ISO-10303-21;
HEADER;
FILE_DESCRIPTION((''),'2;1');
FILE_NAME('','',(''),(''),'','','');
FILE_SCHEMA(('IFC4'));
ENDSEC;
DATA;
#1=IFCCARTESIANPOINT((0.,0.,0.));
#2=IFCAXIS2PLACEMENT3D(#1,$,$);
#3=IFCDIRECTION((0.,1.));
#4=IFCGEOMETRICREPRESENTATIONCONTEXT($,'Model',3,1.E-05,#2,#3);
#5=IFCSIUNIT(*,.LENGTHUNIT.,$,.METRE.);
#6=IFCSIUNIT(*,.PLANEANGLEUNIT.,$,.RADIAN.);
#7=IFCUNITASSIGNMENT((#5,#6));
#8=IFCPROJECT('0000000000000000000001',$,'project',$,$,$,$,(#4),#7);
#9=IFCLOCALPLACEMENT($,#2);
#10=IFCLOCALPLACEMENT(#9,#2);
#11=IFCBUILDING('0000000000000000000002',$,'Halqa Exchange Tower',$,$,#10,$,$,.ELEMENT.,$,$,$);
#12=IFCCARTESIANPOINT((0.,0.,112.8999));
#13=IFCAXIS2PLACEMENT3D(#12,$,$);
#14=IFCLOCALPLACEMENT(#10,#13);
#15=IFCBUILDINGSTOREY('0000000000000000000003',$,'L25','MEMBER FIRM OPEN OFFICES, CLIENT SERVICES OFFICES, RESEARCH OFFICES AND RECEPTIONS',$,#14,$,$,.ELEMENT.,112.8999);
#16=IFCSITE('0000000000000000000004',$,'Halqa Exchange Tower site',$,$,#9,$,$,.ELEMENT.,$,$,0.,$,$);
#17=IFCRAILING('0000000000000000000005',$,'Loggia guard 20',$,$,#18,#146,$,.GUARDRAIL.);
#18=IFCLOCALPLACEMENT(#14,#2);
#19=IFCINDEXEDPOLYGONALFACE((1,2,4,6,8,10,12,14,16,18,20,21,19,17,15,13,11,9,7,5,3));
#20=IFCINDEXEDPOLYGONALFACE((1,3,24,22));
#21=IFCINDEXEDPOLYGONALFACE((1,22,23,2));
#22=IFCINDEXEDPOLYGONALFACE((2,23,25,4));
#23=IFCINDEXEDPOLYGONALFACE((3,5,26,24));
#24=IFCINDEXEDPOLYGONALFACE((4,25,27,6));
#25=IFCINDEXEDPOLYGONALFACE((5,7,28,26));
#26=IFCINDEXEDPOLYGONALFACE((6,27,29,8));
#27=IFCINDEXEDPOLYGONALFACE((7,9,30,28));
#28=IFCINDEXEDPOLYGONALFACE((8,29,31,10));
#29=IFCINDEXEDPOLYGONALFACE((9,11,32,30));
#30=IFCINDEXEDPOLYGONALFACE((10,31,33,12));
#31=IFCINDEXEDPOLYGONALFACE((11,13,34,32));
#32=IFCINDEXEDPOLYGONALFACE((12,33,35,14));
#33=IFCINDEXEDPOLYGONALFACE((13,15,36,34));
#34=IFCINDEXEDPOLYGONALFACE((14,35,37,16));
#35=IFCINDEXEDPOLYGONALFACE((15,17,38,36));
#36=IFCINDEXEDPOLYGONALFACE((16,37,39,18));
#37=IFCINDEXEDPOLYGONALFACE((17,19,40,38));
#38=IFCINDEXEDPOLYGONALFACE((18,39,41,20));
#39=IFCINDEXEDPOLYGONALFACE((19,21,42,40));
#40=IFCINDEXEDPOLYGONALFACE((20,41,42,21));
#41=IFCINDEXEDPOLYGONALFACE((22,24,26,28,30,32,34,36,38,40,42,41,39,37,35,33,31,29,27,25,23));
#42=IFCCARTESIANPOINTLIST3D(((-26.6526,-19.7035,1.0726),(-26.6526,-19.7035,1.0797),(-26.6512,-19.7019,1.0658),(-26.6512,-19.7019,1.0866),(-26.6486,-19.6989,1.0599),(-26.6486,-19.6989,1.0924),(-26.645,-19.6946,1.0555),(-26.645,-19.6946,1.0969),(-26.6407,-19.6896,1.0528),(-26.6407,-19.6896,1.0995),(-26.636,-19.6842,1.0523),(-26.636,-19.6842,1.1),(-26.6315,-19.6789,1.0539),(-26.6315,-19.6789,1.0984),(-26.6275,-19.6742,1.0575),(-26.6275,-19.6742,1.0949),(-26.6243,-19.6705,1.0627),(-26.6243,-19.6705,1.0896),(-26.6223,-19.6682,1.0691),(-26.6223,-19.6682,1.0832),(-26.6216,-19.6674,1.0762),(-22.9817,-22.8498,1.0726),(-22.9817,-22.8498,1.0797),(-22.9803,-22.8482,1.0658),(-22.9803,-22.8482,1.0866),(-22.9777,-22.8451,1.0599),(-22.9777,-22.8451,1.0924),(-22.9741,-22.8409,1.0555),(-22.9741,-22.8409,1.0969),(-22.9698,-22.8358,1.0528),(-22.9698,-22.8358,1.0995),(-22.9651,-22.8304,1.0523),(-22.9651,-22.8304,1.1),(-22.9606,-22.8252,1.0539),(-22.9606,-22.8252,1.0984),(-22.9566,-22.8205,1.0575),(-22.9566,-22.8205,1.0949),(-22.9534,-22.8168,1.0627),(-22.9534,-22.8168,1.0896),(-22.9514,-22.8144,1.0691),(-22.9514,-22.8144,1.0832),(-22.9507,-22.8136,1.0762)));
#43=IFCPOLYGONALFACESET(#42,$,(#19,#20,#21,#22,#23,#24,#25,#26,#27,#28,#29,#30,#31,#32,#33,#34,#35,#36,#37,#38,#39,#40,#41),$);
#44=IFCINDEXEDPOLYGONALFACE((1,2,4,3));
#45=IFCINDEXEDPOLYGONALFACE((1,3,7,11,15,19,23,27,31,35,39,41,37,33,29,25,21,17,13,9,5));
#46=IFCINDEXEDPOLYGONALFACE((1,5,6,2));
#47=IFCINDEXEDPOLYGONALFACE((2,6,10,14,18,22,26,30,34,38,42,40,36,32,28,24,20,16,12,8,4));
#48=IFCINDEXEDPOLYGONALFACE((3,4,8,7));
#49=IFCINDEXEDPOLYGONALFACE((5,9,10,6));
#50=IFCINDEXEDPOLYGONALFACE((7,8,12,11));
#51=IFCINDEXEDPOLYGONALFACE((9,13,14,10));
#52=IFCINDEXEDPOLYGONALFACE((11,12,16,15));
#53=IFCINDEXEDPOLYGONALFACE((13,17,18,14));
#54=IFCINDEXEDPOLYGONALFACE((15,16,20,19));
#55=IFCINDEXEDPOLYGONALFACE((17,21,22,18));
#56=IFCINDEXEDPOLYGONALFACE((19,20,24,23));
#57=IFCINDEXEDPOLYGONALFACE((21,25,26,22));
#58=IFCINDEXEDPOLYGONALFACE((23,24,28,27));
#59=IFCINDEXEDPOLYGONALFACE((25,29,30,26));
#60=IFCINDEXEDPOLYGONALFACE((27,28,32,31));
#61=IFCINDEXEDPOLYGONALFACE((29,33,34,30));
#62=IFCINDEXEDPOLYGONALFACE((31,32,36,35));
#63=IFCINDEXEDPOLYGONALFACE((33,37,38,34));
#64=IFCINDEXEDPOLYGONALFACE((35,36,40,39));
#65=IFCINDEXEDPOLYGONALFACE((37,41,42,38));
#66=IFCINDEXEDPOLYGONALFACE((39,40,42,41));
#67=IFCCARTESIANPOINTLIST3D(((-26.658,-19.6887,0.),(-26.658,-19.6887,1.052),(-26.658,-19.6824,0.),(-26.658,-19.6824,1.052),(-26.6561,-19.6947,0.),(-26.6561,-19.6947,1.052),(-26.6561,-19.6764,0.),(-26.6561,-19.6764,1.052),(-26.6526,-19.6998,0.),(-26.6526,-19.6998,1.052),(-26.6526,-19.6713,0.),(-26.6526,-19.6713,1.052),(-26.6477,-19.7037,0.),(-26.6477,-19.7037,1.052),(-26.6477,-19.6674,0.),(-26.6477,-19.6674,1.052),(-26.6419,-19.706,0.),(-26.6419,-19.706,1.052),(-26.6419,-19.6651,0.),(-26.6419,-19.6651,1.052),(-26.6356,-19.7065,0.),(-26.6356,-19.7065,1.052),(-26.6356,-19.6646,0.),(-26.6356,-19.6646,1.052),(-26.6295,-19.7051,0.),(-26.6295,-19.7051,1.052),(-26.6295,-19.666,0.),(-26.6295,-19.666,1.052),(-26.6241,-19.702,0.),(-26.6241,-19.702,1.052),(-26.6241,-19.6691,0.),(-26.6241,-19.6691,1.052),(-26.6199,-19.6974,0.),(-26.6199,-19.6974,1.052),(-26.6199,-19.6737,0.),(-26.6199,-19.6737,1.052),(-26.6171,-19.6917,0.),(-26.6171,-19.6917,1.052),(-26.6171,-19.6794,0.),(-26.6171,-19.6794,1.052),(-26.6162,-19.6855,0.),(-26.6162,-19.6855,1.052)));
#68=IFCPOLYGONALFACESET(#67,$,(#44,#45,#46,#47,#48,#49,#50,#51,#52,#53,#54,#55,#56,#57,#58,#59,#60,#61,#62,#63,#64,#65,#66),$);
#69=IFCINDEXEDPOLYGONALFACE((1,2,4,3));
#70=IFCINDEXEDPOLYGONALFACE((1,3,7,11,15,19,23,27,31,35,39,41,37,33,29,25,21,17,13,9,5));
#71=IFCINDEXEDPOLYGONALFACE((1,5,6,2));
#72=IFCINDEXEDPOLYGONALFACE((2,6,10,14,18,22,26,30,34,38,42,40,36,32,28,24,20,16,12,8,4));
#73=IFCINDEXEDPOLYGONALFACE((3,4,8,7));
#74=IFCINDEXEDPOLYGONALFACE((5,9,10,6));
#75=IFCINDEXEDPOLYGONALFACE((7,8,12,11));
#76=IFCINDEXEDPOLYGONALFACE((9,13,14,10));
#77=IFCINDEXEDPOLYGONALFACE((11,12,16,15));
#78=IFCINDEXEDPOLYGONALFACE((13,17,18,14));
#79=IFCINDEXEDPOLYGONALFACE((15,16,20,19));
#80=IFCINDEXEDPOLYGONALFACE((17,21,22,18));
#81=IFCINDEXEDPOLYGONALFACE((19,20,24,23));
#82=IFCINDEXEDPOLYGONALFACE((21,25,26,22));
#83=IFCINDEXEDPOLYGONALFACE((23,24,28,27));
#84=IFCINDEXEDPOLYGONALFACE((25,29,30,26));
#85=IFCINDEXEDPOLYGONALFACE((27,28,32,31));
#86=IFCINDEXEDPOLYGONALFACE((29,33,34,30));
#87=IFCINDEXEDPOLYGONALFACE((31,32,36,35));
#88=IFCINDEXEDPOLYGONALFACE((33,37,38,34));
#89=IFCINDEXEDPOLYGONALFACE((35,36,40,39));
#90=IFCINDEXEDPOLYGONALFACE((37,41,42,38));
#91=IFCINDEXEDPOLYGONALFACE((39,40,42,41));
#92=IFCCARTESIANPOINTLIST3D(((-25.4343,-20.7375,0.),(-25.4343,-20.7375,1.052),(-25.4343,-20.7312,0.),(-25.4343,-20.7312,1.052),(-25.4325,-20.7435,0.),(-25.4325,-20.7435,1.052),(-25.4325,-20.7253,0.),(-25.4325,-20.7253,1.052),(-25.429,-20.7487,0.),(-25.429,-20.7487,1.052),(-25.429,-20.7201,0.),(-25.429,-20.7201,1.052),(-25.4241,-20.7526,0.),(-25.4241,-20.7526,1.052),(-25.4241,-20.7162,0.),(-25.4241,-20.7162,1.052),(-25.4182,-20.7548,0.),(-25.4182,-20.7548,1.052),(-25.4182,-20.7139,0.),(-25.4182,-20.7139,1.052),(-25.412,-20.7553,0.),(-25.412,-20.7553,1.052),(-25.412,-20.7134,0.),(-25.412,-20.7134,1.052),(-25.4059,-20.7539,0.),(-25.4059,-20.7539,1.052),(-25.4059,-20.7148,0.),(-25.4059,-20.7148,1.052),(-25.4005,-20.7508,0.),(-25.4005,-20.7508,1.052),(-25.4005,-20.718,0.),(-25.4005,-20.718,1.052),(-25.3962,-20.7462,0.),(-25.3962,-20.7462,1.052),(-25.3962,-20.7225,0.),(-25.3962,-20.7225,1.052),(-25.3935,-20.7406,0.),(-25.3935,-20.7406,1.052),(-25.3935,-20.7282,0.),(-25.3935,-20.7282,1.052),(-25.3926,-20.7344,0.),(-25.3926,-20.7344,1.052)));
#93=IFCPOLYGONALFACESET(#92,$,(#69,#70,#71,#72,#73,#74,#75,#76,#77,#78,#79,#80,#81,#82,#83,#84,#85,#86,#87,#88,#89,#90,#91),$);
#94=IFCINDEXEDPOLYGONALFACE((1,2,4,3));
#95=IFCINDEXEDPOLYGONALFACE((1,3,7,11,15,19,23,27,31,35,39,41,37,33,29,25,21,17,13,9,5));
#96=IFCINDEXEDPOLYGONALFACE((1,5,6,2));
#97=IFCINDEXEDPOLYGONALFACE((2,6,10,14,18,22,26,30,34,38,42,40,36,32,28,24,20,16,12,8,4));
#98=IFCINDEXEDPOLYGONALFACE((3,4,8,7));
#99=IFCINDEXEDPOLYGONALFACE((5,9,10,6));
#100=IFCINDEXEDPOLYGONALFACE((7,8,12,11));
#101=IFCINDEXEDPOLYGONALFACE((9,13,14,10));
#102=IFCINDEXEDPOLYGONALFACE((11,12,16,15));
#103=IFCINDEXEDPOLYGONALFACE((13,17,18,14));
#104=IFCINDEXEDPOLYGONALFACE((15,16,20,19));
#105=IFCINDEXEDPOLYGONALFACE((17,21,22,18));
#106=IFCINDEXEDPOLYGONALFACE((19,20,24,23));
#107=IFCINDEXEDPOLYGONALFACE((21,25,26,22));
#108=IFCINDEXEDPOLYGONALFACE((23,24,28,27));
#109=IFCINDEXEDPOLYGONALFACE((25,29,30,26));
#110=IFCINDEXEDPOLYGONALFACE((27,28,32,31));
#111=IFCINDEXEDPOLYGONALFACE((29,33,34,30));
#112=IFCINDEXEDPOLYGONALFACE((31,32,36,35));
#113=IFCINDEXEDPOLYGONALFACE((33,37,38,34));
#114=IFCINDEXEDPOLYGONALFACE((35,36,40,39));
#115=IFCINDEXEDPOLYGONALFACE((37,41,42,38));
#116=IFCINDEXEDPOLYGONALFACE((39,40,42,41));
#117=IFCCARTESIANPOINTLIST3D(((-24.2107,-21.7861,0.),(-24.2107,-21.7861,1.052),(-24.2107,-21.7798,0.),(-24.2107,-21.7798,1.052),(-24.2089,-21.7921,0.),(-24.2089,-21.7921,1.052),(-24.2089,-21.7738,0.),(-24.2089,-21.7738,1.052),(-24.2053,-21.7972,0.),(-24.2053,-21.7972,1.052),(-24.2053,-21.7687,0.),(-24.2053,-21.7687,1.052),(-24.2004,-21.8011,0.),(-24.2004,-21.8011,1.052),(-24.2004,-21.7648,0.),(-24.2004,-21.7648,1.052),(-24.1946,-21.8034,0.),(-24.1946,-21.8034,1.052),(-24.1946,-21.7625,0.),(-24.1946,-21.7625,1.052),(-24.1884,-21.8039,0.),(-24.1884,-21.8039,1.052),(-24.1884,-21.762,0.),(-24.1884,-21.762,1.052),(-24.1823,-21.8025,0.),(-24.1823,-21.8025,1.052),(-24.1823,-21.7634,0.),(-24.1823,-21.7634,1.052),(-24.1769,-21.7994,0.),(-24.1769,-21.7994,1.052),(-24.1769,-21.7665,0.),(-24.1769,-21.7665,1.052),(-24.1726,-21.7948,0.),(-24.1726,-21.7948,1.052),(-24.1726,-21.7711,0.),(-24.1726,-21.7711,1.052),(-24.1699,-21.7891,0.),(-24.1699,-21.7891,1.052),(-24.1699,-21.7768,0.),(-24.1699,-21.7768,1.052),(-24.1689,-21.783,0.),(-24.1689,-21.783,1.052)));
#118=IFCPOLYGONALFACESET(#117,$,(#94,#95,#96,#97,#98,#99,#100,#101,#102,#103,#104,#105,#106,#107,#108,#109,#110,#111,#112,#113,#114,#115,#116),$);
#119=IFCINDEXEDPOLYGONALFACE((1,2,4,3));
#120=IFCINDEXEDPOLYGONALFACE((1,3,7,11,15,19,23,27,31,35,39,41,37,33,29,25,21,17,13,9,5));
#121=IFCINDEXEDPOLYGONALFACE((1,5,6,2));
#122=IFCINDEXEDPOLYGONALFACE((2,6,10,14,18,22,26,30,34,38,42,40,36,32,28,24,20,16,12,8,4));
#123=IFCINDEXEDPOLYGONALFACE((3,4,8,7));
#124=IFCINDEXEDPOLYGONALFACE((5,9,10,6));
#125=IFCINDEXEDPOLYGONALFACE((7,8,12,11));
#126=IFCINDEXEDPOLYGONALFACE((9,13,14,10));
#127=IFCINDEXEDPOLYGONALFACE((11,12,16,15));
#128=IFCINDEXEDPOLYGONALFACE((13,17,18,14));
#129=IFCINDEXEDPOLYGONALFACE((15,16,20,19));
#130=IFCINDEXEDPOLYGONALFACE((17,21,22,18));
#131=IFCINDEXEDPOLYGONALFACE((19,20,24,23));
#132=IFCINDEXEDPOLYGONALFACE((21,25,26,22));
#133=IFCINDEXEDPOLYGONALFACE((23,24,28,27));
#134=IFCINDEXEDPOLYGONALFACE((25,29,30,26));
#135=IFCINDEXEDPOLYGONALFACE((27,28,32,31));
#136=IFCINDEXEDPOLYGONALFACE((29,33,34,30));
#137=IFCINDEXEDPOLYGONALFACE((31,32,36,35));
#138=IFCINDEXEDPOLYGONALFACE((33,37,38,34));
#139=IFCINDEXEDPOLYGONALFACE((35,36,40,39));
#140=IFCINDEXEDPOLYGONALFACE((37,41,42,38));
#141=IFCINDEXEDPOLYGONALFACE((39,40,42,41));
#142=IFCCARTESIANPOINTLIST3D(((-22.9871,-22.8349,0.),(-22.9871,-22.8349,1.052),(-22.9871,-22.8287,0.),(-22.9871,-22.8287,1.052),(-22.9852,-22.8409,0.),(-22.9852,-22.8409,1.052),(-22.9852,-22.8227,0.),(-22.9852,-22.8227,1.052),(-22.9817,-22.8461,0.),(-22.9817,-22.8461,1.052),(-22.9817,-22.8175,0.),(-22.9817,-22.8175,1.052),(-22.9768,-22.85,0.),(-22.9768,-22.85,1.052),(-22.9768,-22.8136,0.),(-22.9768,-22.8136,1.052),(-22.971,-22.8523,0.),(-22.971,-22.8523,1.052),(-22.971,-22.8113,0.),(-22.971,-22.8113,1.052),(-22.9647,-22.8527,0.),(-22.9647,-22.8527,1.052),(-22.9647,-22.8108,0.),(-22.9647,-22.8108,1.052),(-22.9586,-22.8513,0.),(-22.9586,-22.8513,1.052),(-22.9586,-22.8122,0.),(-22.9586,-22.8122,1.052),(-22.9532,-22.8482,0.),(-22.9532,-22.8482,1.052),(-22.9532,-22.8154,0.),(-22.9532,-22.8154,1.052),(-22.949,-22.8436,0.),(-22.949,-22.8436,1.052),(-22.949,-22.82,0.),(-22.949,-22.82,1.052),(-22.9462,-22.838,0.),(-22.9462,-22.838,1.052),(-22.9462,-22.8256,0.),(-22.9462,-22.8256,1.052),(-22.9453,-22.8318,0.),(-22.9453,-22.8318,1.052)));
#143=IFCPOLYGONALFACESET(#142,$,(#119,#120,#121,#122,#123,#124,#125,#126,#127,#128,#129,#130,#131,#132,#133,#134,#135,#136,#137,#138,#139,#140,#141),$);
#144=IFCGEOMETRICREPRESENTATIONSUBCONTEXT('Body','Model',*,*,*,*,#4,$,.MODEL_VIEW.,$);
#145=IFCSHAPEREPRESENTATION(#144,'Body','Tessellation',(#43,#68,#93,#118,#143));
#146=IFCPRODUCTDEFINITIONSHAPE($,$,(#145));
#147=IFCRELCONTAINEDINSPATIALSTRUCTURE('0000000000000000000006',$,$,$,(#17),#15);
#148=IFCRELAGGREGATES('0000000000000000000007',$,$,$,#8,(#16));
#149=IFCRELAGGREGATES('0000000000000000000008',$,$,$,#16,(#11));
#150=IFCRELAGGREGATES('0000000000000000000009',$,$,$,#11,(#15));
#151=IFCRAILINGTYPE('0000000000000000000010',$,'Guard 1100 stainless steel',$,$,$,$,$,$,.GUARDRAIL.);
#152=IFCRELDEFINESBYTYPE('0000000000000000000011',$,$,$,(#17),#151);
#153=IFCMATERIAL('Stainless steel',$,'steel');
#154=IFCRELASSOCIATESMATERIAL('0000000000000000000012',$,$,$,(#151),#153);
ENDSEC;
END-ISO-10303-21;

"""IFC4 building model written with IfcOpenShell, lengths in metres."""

from ifc_helpers import new_model, si_unit, direction, frame, origin, origin_2d, place, context, subcontext, project, spatial, circle, extrude, material, type_object, element, save


model = new_model("IFC4")

# Units and contexts
model_context = context("Model", 3, precision=1e-05, world=origin(), true_north=direction((0.0, 1.0)))
body_context = subcontext(model_context, "Body", "Model", "MODEL_VIEW")
ifc_project = project(units=[si_unit("LENGTHUNIT", "METRE"), si_unit("PLANEANGLEUNIT", "RADIAN")], contexts=[model_context])

# Site, building, storey
site_placement = place(None, origin())
site = spatial("IfcSite", under=ifc_project, at=site_placement, Name="Halqa Exchange Tower site", CompositionType="ELEMENT", RefElevation=0.0)
building_placement = place(site_placement, origin())
building = spatial("IfcBuilding", under=site, at=building_placement, Name="Halqa Exchange Tower", CompositionType="ELEMENT")
storey_placement = place(building_placement, frame((0.0, 0.0, 112.8999)))
storey = spatial("IfcBuildingStorey", under=building, at=storey_placement, Name="L25", Description="MEMBER FIRM OPEN OFFICES, CLIENT SERVICES OFFICES, RESEARCH OFFICES AND RECEPTIONS", CompositionType="ELEMENT", Elevation=112.8999)

# Railing
ifc_material_1 = material(Name="Stainless steel", Category="steel")
railing_type = type_object("IfcRailingType", Name="Guard 1100 stainless steel", PredefinedType="GUARDRAIL", material=ifc_material_1)
railing_1_placement = place(storey_placement, frame((-26.6372, -19.6855, 0.0)))
element("IfcRailing", 1, at=railing_1_placement, inside=storey, type_object=railing_type, Name="Loggia guard 20", PredefinedType="GUARDRAIL", context=body_context, shape_type="SweptSolid", body=[
    extrude(circle(Radius=0.0239, at=origin_2d()), frame((0.0, 0.0, 1.0762), z_axis=(0.759282, -0.650762, 0.0), x_axis=(0.650762, 0.759282, 0.0)), (0.0, 0.0, 1.0), 4.8347),
    extrude(circle(Radius=0.021, at=origin_2d()), origin(), (0.0, 0.0, 1.0), 1.052),
    extrude(circle(Radius=0.021, at=origin_2d()), frame((1.2236, -1.0488, 0.0)), (0.0, 0.0, 1.0), 1.052),
    extrude(circle(Radius=0.021, at=origin_2d()), frame((2.4473, -2.0974, 0.0)), (0.0, 0.0, 1.0), 1.052),
    extrude(circle(Radius=0.021, at=origin_2d()), frame((3.6709, -3.1462, 0.0)), (0.0, 0.0, 1.0), 1.052),
])

save(model, "model.ifc")
